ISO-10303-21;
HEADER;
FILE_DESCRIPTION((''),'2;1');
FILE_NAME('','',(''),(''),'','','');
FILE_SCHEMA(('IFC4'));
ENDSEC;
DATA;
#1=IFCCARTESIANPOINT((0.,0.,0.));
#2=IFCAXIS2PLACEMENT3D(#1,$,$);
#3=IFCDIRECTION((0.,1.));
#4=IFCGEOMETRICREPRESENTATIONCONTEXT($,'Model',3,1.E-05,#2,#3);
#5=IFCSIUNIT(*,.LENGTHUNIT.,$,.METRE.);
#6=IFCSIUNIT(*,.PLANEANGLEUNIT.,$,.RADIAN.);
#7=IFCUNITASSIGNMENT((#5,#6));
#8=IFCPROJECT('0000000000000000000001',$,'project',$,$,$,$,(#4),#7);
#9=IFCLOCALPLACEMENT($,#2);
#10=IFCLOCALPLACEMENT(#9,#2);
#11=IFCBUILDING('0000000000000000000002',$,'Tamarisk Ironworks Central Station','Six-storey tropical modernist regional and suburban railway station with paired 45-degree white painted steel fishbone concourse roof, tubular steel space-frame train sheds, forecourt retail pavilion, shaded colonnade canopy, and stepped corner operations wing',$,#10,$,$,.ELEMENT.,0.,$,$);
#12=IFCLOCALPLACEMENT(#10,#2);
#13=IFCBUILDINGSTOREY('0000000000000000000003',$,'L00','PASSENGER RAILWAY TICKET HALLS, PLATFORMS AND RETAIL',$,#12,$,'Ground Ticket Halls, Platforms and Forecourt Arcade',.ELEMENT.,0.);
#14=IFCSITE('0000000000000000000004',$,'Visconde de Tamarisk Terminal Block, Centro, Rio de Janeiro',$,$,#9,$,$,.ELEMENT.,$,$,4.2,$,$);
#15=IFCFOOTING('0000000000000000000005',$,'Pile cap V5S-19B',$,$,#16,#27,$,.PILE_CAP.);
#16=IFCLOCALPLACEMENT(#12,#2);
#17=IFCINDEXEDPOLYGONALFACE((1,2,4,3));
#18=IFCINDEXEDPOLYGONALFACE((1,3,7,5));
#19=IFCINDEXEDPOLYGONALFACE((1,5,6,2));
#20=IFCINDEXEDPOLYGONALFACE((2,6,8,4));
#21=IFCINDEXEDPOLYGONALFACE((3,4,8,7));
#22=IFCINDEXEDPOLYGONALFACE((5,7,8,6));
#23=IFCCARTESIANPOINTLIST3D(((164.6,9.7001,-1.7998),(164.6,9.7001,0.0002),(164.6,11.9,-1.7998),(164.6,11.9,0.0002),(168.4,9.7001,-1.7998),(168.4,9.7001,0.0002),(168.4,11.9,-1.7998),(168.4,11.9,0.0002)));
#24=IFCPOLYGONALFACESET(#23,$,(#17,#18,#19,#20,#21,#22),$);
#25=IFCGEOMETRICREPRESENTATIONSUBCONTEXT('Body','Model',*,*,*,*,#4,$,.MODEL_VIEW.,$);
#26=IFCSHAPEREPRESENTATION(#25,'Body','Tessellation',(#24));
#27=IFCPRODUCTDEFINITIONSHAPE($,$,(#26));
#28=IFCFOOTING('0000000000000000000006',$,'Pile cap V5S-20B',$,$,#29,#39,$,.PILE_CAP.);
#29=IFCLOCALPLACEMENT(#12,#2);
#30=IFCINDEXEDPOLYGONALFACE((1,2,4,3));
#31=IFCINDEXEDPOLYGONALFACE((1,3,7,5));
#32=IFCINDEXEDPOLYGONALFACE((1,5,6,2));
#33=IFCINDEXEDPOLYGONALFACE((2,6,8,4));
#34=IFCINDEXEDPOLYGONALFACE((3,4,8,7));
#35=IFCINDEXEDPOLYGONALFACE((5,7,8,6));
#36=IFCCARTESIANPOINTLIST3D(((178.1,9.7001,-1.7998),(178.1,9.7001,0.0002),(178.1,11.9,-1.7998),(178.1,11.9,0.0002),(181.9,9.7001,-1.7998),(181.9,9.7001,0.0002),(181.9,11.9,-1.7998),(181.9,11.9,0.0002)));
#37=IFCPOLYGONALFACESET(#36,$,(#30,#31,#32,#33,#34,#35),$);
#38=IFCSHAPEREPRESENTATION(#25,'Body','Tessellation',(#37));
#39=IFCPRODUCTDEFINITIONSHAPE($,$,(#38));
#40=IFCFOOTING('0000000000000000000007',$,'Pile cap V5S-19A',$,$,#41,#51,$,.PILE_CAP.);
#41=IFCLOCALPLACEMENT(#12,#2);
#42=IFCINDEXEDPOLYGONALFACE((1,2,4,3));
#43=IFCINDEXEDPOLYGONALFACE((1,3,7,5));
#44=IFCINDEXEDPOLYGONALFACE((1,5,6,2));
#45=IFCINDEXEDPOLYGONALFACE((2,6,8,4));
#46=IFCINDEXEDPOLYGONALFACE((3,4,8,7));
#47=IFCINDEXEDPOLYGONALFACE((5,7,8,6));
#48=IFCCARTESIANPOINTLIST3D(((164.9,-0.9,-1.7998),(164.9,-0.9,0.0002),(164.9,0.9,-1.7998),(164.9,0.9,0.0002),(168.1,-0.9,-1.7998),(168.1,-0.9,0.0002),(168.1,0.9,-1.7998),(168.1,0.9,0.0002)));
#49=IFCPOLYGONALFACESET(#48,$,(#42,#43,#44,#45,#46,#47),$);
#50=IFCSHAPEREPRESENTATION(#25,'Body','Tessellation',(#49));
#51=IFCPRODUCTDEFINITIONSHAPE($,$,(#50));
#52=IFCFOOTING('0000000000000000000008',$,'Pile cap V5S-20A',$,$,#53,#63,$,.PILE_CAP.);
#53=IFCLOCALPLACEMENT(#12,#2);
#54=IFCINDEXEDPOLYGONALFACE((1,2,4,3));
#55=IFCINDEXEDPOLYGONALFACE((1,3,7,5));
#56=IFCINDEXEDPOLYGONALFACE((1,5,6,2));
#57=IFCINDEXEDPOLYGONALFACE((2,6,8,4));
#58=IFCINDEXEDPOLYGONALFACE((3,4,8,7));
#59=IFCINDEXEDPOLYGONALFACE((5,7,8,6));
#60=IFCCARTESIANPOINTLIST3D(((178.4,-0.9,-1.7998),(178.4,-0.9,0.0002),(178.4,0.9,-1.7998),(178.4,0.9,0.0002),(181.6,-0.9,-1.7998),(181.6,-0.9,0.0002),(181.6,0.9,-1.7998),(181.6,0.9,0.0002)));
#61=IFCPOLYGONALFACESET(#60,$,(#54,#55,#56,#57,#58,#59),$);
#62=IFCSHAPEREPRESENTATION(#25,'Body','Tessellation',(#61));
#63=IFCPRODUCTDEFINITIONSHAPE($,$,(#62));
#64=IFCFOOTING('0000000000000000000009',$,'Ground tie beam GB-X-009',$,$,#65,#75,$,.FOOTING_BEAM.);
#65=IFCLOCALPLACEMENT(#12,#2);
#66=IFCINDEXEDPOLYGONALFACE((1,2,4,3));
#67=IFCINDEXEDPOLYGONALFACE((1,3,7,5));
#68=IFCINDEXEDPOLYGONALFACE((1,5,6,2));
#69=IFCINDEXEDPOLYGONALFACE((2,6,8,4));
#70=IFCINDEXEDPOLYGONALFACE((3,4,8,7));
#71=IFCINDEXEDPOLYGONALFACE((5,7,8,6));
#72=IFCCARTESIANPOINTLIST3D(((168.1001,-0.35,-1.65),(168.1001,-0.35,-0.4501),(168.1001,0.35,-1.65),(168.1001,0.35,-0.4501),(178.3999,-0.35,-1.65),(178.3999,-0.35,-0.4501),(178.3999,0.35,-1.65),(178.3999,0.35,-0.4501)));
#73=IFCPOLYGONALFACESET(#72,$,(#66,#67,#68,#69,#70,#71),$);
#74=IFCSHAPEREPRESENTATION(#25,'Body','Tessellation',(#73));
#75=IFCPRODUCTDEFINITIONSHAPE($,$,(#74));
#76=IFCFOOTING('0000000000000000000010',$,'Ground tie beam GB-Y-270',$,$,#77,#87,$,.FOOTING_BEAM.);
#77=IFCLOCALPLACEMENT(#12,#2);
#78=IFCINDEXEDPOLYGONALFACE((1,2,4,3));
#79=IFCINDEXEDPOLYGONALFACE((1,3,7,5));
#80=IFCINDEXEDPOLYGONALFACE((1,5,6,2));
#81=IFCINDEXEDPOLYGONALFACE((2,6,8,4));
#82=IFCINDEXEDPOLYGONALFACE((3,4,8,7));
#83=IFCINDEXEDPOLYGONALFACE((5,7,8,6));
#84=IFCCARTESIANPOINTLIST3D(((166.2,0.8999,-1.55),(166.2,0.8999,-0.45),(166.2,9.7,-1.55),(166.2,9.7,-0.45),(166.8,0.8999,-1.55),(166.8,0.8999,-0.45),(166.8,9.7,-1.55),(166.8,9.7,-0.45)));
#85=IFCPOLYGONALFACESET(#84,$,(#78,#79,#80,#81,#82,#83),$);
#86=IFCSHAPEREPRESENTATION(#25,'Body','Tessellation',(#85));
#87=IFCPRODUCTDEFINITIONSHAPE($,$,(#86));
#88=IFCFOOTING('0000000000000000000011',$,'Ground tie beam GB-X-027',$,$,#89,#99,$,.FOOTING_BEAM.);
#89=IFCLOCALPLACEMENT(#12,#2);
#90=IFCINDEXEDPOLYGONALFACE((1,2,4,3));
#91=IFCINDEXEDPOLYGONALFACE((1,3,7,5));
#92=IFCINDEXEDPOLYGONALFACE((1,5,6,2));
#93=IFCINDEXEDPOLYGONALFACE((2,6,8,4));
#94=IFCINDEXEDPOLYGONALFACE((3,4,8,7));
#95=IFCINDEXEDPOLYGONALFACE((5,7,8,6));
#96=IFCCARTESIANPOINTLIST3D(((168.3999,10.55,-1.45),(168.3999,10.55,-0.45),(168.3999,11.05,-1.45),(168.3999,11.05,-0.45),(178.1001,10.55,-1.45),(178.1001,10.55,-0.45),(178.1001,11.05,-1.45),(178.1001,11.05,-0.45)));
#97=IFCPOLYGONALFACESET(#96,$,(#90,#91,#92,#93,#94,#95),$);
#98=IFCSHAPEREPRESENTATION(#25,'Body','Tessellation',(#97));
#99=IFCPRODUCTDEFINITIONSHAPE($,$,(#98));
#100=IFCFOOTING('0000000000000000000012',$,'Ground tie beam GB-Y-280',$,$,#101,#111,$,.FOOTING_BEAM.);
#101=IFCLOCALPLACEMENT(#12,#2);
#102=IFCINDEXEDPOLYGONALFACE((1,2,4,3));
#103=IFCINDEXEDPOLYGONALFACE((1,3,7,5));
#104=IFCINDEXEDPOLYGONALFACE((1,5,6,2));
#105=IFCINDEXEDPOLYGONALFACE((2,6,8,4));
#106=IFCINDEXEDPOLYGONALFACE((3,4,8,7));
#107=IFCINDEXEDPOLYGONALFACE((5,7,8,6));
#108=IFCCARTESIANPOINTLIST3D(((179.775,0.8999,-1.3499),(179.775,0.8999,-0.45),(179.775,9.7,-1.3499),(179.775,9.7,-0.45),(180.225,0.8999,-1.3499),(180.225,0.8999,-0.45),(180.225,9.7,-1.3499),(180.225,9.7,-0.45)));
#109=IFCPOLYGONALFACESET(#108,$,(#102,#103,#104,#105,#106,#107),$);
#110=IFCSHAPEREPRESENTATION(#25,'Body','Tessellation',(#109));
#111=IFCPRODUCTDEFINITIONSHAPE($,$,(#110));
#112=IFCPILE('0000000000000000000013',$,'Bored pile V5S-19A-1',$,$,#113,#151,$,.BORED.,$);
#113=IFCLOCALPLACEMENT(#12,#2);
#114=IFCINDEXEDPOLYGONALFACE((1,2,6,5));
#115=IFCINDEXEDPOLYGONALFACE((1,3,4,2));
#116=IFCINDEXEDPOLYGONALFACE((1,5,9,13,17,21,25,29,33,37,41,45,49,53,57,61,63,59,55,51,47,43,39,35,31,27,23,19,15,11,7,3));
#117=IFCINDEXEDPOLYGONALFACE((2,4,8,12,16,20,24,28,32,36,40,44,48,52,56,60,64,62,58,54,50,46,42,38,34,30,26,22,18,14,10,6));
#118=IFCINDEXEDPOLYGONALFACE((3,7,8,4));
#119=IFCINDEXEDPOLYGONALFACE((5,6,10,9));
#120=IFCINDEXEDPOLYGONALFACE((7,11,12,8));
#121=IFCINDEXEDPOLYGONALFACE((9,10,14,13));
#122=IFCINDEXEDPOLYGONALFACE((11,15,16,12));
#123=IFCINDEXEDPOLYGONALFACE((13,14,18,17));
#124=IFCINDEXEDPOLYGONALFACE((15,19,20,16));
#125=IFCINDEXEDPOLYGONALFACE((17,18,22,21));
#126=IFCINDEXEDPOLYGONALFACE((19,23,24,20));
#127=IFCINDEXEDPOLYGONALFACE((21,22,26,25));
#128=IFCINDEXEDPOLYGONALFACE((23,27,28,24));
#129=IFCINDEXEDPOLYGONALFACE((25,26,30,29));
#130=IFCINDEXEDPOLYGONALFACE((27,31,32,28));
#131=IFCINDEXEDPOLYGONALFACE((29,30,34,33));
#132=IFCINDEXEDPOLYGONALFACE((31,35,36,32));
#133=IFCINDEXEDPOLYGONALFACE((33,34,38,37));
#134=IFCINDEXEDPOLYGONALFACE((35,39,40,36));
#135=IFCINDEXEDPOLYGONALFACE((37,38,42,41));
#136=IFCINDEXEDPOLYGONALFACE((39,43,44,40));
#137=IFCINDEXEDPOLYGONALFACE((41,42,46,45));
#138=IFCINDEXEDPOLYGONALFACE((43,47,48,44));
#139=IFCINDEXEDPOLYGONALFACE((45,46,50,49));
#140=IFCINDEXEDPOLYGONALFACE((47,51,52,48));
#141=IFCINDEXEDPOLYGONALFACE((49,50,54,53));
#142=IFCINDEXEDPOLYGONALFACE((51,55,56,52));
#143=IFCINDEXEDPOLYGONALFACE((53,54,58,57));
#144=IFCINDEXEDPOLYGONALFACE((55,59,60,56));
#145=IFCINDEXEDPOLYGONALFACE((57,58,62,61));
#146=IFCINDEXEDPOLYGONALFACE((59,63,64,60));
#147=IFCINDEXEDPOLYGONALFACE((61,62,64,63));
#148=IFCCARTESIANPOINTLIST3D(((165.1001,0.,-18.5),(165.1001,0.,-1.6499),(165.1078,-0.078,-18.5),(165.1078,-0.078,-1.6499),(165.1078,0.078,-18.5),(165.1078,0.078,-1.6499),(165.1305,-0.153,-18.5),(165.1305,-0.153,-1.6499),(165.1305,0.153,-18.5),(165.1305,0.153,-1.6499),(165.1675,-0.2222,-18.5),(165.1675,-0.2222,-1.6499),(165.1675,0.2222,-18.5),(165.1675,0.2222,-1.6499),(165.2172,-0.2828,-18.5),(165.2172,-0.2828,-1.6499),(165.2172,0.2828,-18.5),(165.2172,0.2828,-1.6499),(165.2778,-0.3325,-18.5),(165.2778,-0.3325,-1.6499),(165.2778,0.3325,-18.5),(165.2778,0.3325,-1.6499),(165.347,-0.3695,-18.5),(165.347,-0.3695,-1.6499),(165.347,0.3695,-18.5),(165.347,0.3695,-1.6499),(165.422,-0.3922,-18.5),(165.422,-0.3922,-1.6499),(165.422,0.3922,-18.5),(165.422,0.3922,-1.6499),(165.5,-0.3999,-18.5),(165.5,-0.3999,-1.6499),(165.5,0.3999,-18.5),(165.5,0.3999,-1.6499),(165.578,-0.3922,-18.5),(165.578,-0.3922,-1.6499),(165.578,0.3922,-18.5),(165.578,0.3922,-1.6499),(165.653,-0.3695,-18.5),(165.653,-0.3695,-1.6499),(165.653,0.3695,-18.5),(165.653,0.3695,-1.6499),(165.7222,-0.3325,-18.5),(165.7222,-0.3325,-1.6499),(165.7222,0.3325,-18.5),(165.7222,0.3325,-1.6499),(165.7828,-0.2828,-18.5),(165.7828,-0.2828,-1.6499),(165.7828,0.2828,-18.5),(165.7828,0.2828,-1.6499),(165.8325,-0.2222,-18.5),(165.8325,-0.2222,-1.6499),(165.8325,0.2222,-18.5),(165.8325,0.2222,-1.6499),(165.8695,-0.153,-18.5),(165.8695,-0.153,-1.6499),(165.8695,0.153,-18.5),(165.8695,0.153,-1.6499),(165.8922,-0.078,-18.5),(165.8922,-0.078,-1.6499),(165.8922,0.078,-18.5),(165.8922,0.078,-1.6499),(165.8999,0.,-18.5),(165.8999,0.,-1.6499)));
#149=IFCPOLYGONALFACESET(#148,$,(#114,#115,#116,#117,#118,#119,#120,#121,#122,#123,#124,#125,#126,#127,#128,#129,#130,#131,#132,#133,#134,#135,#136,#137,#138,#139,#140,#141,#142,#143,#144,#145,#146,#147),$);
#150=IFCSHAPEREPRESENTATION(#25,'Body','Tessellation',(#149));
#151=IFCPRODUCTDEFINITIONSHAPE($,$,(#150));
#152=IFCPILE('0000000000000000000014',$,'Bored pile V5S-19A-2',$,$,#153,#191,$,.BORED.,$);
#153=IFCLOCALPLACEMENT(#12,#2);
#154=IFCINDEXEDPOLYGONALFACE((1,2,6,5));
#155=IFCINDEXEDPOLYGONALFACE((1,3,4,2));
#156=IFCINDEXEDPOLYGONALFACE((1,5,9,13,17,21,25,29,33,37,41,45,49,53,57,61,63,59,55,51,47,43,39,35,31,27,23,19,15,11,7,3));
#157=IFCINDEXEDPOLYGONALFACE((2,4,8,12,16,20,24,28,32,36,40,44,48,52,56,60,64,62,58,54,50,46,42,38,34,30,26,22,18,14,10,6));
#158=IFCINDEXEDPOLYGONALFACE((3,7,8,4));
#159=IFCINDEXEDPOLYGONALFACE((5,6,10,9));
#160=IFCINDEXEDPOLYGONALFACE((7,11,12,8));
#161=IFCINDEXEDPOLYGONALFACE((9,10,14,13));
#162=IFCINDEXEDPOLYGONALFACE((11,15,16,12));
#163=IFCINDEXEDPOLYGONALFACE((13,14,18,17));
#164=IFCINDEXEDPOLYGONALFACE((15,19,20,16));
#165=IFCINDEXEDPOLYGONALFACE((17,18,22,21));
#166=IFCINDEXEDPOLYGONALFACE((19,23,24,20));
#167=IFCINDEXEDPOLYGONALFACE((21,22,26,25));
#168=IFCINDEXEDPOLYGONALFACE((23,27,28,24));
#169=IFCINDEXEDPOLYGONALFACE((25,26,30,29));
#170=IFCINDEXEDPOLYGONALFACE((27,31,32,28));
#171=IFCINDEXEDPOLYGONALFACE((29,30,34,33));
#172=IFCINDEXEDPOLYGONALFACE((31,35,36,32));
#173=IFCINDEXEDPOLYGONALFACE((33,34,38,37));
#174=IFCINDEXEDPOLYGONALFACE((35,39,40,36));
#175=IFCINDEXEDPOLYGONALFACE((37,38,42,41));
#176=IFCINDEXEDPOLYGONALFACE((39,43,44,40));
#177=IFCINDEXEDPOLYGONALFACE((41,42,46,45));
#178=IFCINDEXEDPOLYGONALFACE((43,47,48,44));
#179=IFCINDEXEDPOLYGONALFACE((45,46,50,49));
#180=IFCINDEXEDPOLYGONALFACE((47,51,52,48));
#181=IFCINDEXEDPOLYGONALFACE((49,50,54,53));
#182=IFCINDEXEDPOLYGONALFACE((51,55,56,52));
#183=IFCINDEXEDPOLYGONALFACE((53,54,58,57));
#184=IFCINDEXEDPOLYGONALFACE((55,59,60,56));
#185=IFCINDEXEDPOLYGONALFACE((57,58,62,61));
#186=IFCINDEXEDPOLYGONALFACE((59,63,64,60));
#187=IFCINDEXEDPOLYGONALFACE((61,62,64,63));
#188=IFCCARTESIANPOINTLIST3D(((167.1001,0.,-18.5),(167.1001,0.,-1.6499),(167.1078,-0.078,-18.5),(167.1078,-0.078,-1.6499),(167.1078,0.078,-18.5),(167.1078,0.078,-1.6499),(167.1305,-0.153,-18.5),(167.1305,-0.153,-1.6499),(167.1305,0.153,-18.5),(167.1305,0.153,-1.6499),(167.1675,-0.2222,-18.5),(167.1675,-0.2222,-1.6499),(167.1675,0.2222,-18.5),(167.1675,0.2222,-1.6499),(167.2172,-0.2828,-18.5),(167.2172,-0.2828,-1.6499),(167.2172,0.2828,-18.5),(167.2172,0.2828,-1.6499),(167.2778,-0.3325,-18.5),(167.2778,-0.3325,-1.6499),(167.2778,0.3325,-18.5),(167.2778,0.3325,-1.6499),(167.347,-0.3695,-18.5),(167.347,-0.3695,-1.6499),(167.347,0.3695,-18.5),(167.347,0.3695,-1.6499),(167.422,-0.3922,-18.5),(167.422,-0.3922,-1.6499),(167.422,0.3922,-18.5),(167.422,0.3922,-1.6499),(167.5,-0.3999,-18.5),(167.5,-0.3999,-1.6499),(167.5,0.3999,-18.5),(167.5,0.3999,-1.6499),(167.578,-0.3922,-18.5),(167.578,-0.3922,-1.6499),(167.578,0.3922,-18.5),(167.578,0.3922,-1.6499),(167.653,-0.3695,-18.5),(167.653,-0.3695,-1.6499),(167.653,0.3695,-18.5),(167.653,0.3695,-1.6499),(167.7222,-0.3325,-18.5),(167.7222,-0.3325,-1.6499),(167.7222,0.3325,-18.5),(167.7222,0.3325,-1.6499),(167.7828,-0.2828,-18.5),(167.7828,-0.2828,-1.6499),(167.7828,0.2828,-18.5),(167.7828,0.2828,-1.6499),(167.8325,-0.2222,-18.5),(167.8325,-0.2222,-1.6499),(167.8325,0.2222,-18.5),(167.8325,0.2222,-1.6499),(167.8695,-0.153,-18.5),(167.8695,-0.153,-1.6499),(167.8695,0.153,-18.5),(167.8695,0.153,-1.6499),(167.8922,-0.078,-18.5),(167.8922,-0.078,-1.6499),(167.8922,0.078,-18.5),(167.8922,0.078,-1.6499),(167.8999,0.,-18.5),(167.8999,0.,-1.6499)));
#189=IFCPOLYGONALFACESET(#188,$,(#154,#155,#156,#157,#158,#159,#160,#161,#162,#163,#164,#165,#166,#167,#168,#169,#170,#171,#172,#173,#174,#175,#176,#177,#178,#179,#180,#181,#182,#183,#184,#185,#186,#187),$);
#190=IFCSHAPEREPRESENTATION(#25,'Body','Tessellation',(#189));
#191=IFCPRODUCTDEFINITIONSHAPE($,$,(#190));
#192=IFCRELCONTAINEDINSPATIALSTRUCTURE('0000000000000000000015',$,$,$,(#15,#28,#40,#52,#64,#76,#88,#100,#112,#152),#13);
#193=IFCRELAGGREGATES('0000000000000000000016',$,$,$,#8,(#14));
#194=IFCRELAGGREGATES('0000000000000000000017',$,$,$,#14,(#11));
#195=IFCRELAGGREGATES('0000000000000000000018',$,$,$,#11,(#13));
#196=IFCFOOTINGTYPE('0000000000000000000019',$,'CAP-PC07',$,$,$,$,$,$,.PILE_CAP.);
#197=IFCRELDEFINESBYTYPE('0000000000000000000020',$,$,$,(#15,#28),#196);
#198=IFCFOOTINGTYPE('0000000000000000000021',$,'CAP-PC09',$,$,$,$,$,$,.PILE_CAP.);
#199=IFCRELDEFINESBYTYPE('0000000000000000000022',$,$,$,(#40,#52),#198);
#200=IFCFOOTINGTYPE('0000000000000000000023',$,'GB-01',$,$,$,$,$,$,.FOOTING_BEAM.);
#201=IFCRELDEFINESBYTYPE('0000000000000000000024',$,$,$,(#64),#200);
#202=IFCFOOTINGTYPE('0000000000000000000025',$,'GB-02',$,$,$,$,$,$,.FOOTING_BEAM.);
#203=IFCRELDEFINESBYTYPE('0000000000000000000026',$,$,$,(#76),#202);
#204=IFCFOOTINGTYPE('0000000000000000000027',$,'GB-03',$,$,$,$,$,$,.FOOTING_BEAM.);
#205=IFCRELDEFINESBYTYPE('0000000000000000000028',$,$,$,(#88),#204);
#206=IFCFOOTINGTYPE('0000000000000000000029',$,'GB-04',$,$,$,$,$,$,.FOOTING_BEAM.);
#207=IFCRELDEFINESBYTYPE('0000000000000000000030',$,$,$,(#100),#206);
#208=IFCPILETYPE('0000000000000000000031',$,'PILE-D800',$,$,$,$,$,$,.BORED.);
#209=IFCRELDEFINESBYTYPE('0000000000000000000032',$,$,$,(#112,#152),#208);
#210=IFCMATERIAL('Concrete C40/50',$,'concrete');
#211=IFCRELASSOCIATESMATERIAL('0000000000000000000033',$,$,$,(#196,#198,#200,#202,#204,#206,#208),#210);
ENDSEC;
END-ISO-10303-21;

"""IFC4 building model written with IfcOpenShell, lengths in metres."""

from ifc_helpers import new_model, si_unit, direction, frame, origin, origin_2d, place, context, subcontext, project, spatial, rectangle, circle, extrude, material, material_profile, profile_set, type_object, element, save


model = new_model("IFC4")

# Units and contexts
model_context = context("Model", 3, precision=1e-05, world=origin(), true_north=direction((0.0, 1.0)))
body_context = subcontext(model_context, "Body", "Model", "MODEL_VIEW")
ifc_project = project(units=[si_unit("LENGTHUNIT", "METRE"), si_unit("PLANEANGLEUNIT", "RADIAN")], contexts=[model_context])

# Site, building, storey
site_placement = place(None, origin())
site = spatial("IfcSite", under=ifc_project, at=site_placement, Name="Visconde de Tamarisk Terminal Block, Centro, Rio de Janeiro", CompositionType="ELEMENT", RefElevation=4.2)
building_placement = place(site_placement, origin())
building = spatial("IfcBuilding", under=site, at=building_placement, Name="Tamarisk Ironworks Central Station", Description="Six-storey tropical modernist regional and suburban railway station with paired 45-degree white painted steel fishbone concourse roof, tubular steel space-frame train sheds, forecourt retail pavilion, shaded colonnade canopy, and stepped corner operations wing", CompositionType="ELEMENT", ElevationOfRefHeight=0.0)
storey_placement = place(building_placement, origin())
storey = spatial("IfcBuildingStorey", under=building, at=storey_placement, Name="L00", Description="PASSENGER RAILWAY TICKET HALLS, PLATFORMS AND RETAIL", LongName="Ground Ticket Halls, Platforms and Forecourt Arcade", CompositionType="ELEMENT", Elevation=0.0)

# Footings
ifc_material_1 = material(Name="Concrete C40/50", Category="concrete")
footing_type_1 = type_object("IfcFootingType", Name="CAP-PC07", PredefinedType="PILE_CAP", material=ifc_material_1)
for number, where, z_axis, x_axis, name in (
    (1, (166.5, 10.8, -1.7998), (0.0, 0.0, 1.0), (1.0, 0.0, 0.0), "Pile cap V5S-19B"),
    (2, (180.0, 10.8, -1.7998), (0.0, 0.0, 1.0), (1.0, 0.0, 0.0), "Pile cap V5S-20B"),
):
    element("IfcFooting", number, at=place(storey_placement, frame(where, z_axis=z_axis, x_axis=x_axis)), inside=storey, type_object=footing_type_1, Name=name, PredefinedType="PILE_CAP", context=body_context, shape_type="SweptSolid", body=[
        extrude(rectangle(XDim=3.8, YDim=2.2, at=origin_2d()), origin(), (0.0, 0.0, 1.0), 1.8),
    ])
footing_type_2 = type_object("IfcFootingType", Name="CAP-PC09", PredefinedType="PILE_CAP", material=ifc_material_1)
for number, where, z_axis, x_axis, name in (
    (3, (166.5, 0.0, -1.7998), (0.0, 0.0, 1.0), (1.0, 0.0, 0.0), "Pile cap V5S-19A"),
    (4, (180.0, 0.0, -1.7998), (0.0, 0.0, 1.0), (1.0, 0.0, 0.0), "Pile cap V5S-20A"),
):
    element("IfcFooting", number, at=place(storey_placement, frame(where, z_axis=z_axis, x_axis=x_axis)), inside=storey, type_object=footing_type_2, Name=name, PredefinedType="PILE_CAP", context=body_context, shape_type="SweptSolid", body=[
        extrude(rectangle(XDim=3.2, YDim=1.8, at=origin_2d()), origin(), (0.0, 0.0, 1.0), 1.8),
    ])
ifc_material_profile_1 = material_profile(ifc_material_1, rectangle(XDim=0.7, YDim=1.2, at=origin_2d()), Name="GB01 700x1200")
ifc_profile_set_1 = profile_set([ifc_material_profile_1], Name="Concrete C40/50")
footing_type_3 = type_object("IfcFootingType", Name="GB-01", PredefinedType="FOOTING_BEAM", material=ifc_profile_set_1)
footing_1_placement = place(storey_placement, frame((168.1001, 0.0, -1.05), z_axis=(1.0, 0.0, 0.0), x_axis=(0.0, 1.0, 0.0)))
element("IfcFooting", 5, at=footing_1_placement, inside=storey, type_object=footing_type_3, Name="Ground tie beam GB-X-009", PredefinedType="FOOTING_BEAM", context=body_context, shape_type="SweptSolid", body=[
    extrude(rectangle(XDim=0.7, YDim=1.2, at=origin_2d()), origin(), (0.0, 0.0, 1.0), 10.2998),
])
ifc_material_profile_2 = material_profile(ifc_material_1, rectangle(XDim=0.6001, YDim=1.1001, at=origin_2d()), Name="GB02 600x1100")
ifc_profile_set_2 = profile_set([ifc_material_profile_2], Name="Concrete C40/50")
footing_type_4 = type_object("IfcFootingType", Name="GB-02", PredefinedType="FOOTING_BEAM", material=ifc_profile_set_2)
footing_2_placement = place(storey_placement, frame((166.5, 0.8999, -1.0), z_axis=(0.0, 1.0, 0.0), x_axis=(-1.0, 0.0, 0.0)))
element("IfcFooting", 6, at=footing_2_placement, inside=storey, type_object=footing_type_4, Name="Ground tie beam GB-Y-270", PredefinedType="FOOTING_BEAM", context=body_context, shape_type="SweptSolid", body=[
    extrude(rectangle(XDim=0.6001, YDim=1.1001, at=origin_2d()), origin(), (0.0, 0.0, 1.0), 8.8),
])
ifc_material_profile_3 = material_profile(ifc_material_1, rectangle(XDim=0.5, YDim=1.0, at=origin_2d()), Name="GB03 500x1000")
ifc_profile_set_3 = profile_set([ifc_material_profile_3], Name="Concrete C40/50")
footing_type_5 = type_object("IfcFootingType", Name="GB-03", PredefinedType="FOOTING_BEAM", material=ifc_profile_set_3)
footing_3_placement = place(storey_placement, frame((168.3999, 10.8, -0.95), z_axis=(1.0, 0.0, 0.0), x_axis=(0.0, 1.0, 0.0)))
element("IfcFooting", 7, at=footing_3_placement, inside=storey, type_object=footing_type_5, Name="Ground tie beam GB-X-027", PredefinedType="FOOTING_BEAM", context=body_context, shape_type="SweptSolid", body=[
    extrude(rectangle(XDim=0.5, YDim=1.0, at=origin_2d()), origin(), (0.0, 0.0, 1.0), 9.7002),
])
ifc_material_profile_4 = material_profile(ifc_material_1, rectangle(XDim=0.45, YDim=0.8999, at=origin_2d()), Name="GB04 450x900")
ifc_profile_set_4 = profile_set([ifc_material_profile_4], Name="Concrete C40/50")
footing_type_6 = type_object("IfcFootingType", Name="GB-04", PredefinedType="FOOTING_BEAM", material=ifc_profile_set_4)
footing_4_placement = place(storey_placement, frame((180.0, 0.8999, -0.8999), z_axis=(0.0, 1.0, 0.0), x_axis=(-1.0, 0.0, 0.0)))
element("IfcFooting", 8, at=footing_4_placement, inside=storey, type_object=footing_type_6, Name="Ground tie beam GB-Y-280", PredefinedType="FOOTING_BEAM", context=body_context, shape_type="SweptSolid", body=[
    extrude(rectangle(XDim=0.45, YDim=0.8999, at=origin_2d()), origin(), (0.0, 0.0, 1.0), 8.8),
])

# Piles
ifc_material_profile_5 = material_profile(ifc_material_1, circle(Radius=0.3999, at=origin_2d()), Name="BORED PILE D800")
ifc_profile_set_5 = profile_set([ifc_material_profile_5], Name="Concrete C40/50")
pile_type_1 = type_object("IfcPileType", Name="PILE-D800", PredefinedType="BORED", material=ifc_profile_set_5)
for number, where, z_axis, x_axis, name in (
    (9, (165.5, 0.0, -1.6499), (0.0, 0.0, -1.0), (1.0, 0.0, 0.0), "Bored pile V5S-19A-1"),
    (10, (167.5, 0.0, -1.6499), (0.0, 0.0, -1.0), (1.0, 0.0, 0.0), "Bored pile V5S-19A-2"),
):
    element("IfcPile", number, at=place(storey_placement, frame(where, z_axis=z_axis, x_axis=x_axis)), inside=storey, type_object=pile_type_1, Name=name, PredefinedType="BORED", context=body_context, shape_type="SweptSolid", body=[
        extrude(circle(Radius=0.3999, at=origin_2d()), origin(), (0.0, 0.0, 1.0), 16.8501),
    ])

save(model, "model.ifc")
